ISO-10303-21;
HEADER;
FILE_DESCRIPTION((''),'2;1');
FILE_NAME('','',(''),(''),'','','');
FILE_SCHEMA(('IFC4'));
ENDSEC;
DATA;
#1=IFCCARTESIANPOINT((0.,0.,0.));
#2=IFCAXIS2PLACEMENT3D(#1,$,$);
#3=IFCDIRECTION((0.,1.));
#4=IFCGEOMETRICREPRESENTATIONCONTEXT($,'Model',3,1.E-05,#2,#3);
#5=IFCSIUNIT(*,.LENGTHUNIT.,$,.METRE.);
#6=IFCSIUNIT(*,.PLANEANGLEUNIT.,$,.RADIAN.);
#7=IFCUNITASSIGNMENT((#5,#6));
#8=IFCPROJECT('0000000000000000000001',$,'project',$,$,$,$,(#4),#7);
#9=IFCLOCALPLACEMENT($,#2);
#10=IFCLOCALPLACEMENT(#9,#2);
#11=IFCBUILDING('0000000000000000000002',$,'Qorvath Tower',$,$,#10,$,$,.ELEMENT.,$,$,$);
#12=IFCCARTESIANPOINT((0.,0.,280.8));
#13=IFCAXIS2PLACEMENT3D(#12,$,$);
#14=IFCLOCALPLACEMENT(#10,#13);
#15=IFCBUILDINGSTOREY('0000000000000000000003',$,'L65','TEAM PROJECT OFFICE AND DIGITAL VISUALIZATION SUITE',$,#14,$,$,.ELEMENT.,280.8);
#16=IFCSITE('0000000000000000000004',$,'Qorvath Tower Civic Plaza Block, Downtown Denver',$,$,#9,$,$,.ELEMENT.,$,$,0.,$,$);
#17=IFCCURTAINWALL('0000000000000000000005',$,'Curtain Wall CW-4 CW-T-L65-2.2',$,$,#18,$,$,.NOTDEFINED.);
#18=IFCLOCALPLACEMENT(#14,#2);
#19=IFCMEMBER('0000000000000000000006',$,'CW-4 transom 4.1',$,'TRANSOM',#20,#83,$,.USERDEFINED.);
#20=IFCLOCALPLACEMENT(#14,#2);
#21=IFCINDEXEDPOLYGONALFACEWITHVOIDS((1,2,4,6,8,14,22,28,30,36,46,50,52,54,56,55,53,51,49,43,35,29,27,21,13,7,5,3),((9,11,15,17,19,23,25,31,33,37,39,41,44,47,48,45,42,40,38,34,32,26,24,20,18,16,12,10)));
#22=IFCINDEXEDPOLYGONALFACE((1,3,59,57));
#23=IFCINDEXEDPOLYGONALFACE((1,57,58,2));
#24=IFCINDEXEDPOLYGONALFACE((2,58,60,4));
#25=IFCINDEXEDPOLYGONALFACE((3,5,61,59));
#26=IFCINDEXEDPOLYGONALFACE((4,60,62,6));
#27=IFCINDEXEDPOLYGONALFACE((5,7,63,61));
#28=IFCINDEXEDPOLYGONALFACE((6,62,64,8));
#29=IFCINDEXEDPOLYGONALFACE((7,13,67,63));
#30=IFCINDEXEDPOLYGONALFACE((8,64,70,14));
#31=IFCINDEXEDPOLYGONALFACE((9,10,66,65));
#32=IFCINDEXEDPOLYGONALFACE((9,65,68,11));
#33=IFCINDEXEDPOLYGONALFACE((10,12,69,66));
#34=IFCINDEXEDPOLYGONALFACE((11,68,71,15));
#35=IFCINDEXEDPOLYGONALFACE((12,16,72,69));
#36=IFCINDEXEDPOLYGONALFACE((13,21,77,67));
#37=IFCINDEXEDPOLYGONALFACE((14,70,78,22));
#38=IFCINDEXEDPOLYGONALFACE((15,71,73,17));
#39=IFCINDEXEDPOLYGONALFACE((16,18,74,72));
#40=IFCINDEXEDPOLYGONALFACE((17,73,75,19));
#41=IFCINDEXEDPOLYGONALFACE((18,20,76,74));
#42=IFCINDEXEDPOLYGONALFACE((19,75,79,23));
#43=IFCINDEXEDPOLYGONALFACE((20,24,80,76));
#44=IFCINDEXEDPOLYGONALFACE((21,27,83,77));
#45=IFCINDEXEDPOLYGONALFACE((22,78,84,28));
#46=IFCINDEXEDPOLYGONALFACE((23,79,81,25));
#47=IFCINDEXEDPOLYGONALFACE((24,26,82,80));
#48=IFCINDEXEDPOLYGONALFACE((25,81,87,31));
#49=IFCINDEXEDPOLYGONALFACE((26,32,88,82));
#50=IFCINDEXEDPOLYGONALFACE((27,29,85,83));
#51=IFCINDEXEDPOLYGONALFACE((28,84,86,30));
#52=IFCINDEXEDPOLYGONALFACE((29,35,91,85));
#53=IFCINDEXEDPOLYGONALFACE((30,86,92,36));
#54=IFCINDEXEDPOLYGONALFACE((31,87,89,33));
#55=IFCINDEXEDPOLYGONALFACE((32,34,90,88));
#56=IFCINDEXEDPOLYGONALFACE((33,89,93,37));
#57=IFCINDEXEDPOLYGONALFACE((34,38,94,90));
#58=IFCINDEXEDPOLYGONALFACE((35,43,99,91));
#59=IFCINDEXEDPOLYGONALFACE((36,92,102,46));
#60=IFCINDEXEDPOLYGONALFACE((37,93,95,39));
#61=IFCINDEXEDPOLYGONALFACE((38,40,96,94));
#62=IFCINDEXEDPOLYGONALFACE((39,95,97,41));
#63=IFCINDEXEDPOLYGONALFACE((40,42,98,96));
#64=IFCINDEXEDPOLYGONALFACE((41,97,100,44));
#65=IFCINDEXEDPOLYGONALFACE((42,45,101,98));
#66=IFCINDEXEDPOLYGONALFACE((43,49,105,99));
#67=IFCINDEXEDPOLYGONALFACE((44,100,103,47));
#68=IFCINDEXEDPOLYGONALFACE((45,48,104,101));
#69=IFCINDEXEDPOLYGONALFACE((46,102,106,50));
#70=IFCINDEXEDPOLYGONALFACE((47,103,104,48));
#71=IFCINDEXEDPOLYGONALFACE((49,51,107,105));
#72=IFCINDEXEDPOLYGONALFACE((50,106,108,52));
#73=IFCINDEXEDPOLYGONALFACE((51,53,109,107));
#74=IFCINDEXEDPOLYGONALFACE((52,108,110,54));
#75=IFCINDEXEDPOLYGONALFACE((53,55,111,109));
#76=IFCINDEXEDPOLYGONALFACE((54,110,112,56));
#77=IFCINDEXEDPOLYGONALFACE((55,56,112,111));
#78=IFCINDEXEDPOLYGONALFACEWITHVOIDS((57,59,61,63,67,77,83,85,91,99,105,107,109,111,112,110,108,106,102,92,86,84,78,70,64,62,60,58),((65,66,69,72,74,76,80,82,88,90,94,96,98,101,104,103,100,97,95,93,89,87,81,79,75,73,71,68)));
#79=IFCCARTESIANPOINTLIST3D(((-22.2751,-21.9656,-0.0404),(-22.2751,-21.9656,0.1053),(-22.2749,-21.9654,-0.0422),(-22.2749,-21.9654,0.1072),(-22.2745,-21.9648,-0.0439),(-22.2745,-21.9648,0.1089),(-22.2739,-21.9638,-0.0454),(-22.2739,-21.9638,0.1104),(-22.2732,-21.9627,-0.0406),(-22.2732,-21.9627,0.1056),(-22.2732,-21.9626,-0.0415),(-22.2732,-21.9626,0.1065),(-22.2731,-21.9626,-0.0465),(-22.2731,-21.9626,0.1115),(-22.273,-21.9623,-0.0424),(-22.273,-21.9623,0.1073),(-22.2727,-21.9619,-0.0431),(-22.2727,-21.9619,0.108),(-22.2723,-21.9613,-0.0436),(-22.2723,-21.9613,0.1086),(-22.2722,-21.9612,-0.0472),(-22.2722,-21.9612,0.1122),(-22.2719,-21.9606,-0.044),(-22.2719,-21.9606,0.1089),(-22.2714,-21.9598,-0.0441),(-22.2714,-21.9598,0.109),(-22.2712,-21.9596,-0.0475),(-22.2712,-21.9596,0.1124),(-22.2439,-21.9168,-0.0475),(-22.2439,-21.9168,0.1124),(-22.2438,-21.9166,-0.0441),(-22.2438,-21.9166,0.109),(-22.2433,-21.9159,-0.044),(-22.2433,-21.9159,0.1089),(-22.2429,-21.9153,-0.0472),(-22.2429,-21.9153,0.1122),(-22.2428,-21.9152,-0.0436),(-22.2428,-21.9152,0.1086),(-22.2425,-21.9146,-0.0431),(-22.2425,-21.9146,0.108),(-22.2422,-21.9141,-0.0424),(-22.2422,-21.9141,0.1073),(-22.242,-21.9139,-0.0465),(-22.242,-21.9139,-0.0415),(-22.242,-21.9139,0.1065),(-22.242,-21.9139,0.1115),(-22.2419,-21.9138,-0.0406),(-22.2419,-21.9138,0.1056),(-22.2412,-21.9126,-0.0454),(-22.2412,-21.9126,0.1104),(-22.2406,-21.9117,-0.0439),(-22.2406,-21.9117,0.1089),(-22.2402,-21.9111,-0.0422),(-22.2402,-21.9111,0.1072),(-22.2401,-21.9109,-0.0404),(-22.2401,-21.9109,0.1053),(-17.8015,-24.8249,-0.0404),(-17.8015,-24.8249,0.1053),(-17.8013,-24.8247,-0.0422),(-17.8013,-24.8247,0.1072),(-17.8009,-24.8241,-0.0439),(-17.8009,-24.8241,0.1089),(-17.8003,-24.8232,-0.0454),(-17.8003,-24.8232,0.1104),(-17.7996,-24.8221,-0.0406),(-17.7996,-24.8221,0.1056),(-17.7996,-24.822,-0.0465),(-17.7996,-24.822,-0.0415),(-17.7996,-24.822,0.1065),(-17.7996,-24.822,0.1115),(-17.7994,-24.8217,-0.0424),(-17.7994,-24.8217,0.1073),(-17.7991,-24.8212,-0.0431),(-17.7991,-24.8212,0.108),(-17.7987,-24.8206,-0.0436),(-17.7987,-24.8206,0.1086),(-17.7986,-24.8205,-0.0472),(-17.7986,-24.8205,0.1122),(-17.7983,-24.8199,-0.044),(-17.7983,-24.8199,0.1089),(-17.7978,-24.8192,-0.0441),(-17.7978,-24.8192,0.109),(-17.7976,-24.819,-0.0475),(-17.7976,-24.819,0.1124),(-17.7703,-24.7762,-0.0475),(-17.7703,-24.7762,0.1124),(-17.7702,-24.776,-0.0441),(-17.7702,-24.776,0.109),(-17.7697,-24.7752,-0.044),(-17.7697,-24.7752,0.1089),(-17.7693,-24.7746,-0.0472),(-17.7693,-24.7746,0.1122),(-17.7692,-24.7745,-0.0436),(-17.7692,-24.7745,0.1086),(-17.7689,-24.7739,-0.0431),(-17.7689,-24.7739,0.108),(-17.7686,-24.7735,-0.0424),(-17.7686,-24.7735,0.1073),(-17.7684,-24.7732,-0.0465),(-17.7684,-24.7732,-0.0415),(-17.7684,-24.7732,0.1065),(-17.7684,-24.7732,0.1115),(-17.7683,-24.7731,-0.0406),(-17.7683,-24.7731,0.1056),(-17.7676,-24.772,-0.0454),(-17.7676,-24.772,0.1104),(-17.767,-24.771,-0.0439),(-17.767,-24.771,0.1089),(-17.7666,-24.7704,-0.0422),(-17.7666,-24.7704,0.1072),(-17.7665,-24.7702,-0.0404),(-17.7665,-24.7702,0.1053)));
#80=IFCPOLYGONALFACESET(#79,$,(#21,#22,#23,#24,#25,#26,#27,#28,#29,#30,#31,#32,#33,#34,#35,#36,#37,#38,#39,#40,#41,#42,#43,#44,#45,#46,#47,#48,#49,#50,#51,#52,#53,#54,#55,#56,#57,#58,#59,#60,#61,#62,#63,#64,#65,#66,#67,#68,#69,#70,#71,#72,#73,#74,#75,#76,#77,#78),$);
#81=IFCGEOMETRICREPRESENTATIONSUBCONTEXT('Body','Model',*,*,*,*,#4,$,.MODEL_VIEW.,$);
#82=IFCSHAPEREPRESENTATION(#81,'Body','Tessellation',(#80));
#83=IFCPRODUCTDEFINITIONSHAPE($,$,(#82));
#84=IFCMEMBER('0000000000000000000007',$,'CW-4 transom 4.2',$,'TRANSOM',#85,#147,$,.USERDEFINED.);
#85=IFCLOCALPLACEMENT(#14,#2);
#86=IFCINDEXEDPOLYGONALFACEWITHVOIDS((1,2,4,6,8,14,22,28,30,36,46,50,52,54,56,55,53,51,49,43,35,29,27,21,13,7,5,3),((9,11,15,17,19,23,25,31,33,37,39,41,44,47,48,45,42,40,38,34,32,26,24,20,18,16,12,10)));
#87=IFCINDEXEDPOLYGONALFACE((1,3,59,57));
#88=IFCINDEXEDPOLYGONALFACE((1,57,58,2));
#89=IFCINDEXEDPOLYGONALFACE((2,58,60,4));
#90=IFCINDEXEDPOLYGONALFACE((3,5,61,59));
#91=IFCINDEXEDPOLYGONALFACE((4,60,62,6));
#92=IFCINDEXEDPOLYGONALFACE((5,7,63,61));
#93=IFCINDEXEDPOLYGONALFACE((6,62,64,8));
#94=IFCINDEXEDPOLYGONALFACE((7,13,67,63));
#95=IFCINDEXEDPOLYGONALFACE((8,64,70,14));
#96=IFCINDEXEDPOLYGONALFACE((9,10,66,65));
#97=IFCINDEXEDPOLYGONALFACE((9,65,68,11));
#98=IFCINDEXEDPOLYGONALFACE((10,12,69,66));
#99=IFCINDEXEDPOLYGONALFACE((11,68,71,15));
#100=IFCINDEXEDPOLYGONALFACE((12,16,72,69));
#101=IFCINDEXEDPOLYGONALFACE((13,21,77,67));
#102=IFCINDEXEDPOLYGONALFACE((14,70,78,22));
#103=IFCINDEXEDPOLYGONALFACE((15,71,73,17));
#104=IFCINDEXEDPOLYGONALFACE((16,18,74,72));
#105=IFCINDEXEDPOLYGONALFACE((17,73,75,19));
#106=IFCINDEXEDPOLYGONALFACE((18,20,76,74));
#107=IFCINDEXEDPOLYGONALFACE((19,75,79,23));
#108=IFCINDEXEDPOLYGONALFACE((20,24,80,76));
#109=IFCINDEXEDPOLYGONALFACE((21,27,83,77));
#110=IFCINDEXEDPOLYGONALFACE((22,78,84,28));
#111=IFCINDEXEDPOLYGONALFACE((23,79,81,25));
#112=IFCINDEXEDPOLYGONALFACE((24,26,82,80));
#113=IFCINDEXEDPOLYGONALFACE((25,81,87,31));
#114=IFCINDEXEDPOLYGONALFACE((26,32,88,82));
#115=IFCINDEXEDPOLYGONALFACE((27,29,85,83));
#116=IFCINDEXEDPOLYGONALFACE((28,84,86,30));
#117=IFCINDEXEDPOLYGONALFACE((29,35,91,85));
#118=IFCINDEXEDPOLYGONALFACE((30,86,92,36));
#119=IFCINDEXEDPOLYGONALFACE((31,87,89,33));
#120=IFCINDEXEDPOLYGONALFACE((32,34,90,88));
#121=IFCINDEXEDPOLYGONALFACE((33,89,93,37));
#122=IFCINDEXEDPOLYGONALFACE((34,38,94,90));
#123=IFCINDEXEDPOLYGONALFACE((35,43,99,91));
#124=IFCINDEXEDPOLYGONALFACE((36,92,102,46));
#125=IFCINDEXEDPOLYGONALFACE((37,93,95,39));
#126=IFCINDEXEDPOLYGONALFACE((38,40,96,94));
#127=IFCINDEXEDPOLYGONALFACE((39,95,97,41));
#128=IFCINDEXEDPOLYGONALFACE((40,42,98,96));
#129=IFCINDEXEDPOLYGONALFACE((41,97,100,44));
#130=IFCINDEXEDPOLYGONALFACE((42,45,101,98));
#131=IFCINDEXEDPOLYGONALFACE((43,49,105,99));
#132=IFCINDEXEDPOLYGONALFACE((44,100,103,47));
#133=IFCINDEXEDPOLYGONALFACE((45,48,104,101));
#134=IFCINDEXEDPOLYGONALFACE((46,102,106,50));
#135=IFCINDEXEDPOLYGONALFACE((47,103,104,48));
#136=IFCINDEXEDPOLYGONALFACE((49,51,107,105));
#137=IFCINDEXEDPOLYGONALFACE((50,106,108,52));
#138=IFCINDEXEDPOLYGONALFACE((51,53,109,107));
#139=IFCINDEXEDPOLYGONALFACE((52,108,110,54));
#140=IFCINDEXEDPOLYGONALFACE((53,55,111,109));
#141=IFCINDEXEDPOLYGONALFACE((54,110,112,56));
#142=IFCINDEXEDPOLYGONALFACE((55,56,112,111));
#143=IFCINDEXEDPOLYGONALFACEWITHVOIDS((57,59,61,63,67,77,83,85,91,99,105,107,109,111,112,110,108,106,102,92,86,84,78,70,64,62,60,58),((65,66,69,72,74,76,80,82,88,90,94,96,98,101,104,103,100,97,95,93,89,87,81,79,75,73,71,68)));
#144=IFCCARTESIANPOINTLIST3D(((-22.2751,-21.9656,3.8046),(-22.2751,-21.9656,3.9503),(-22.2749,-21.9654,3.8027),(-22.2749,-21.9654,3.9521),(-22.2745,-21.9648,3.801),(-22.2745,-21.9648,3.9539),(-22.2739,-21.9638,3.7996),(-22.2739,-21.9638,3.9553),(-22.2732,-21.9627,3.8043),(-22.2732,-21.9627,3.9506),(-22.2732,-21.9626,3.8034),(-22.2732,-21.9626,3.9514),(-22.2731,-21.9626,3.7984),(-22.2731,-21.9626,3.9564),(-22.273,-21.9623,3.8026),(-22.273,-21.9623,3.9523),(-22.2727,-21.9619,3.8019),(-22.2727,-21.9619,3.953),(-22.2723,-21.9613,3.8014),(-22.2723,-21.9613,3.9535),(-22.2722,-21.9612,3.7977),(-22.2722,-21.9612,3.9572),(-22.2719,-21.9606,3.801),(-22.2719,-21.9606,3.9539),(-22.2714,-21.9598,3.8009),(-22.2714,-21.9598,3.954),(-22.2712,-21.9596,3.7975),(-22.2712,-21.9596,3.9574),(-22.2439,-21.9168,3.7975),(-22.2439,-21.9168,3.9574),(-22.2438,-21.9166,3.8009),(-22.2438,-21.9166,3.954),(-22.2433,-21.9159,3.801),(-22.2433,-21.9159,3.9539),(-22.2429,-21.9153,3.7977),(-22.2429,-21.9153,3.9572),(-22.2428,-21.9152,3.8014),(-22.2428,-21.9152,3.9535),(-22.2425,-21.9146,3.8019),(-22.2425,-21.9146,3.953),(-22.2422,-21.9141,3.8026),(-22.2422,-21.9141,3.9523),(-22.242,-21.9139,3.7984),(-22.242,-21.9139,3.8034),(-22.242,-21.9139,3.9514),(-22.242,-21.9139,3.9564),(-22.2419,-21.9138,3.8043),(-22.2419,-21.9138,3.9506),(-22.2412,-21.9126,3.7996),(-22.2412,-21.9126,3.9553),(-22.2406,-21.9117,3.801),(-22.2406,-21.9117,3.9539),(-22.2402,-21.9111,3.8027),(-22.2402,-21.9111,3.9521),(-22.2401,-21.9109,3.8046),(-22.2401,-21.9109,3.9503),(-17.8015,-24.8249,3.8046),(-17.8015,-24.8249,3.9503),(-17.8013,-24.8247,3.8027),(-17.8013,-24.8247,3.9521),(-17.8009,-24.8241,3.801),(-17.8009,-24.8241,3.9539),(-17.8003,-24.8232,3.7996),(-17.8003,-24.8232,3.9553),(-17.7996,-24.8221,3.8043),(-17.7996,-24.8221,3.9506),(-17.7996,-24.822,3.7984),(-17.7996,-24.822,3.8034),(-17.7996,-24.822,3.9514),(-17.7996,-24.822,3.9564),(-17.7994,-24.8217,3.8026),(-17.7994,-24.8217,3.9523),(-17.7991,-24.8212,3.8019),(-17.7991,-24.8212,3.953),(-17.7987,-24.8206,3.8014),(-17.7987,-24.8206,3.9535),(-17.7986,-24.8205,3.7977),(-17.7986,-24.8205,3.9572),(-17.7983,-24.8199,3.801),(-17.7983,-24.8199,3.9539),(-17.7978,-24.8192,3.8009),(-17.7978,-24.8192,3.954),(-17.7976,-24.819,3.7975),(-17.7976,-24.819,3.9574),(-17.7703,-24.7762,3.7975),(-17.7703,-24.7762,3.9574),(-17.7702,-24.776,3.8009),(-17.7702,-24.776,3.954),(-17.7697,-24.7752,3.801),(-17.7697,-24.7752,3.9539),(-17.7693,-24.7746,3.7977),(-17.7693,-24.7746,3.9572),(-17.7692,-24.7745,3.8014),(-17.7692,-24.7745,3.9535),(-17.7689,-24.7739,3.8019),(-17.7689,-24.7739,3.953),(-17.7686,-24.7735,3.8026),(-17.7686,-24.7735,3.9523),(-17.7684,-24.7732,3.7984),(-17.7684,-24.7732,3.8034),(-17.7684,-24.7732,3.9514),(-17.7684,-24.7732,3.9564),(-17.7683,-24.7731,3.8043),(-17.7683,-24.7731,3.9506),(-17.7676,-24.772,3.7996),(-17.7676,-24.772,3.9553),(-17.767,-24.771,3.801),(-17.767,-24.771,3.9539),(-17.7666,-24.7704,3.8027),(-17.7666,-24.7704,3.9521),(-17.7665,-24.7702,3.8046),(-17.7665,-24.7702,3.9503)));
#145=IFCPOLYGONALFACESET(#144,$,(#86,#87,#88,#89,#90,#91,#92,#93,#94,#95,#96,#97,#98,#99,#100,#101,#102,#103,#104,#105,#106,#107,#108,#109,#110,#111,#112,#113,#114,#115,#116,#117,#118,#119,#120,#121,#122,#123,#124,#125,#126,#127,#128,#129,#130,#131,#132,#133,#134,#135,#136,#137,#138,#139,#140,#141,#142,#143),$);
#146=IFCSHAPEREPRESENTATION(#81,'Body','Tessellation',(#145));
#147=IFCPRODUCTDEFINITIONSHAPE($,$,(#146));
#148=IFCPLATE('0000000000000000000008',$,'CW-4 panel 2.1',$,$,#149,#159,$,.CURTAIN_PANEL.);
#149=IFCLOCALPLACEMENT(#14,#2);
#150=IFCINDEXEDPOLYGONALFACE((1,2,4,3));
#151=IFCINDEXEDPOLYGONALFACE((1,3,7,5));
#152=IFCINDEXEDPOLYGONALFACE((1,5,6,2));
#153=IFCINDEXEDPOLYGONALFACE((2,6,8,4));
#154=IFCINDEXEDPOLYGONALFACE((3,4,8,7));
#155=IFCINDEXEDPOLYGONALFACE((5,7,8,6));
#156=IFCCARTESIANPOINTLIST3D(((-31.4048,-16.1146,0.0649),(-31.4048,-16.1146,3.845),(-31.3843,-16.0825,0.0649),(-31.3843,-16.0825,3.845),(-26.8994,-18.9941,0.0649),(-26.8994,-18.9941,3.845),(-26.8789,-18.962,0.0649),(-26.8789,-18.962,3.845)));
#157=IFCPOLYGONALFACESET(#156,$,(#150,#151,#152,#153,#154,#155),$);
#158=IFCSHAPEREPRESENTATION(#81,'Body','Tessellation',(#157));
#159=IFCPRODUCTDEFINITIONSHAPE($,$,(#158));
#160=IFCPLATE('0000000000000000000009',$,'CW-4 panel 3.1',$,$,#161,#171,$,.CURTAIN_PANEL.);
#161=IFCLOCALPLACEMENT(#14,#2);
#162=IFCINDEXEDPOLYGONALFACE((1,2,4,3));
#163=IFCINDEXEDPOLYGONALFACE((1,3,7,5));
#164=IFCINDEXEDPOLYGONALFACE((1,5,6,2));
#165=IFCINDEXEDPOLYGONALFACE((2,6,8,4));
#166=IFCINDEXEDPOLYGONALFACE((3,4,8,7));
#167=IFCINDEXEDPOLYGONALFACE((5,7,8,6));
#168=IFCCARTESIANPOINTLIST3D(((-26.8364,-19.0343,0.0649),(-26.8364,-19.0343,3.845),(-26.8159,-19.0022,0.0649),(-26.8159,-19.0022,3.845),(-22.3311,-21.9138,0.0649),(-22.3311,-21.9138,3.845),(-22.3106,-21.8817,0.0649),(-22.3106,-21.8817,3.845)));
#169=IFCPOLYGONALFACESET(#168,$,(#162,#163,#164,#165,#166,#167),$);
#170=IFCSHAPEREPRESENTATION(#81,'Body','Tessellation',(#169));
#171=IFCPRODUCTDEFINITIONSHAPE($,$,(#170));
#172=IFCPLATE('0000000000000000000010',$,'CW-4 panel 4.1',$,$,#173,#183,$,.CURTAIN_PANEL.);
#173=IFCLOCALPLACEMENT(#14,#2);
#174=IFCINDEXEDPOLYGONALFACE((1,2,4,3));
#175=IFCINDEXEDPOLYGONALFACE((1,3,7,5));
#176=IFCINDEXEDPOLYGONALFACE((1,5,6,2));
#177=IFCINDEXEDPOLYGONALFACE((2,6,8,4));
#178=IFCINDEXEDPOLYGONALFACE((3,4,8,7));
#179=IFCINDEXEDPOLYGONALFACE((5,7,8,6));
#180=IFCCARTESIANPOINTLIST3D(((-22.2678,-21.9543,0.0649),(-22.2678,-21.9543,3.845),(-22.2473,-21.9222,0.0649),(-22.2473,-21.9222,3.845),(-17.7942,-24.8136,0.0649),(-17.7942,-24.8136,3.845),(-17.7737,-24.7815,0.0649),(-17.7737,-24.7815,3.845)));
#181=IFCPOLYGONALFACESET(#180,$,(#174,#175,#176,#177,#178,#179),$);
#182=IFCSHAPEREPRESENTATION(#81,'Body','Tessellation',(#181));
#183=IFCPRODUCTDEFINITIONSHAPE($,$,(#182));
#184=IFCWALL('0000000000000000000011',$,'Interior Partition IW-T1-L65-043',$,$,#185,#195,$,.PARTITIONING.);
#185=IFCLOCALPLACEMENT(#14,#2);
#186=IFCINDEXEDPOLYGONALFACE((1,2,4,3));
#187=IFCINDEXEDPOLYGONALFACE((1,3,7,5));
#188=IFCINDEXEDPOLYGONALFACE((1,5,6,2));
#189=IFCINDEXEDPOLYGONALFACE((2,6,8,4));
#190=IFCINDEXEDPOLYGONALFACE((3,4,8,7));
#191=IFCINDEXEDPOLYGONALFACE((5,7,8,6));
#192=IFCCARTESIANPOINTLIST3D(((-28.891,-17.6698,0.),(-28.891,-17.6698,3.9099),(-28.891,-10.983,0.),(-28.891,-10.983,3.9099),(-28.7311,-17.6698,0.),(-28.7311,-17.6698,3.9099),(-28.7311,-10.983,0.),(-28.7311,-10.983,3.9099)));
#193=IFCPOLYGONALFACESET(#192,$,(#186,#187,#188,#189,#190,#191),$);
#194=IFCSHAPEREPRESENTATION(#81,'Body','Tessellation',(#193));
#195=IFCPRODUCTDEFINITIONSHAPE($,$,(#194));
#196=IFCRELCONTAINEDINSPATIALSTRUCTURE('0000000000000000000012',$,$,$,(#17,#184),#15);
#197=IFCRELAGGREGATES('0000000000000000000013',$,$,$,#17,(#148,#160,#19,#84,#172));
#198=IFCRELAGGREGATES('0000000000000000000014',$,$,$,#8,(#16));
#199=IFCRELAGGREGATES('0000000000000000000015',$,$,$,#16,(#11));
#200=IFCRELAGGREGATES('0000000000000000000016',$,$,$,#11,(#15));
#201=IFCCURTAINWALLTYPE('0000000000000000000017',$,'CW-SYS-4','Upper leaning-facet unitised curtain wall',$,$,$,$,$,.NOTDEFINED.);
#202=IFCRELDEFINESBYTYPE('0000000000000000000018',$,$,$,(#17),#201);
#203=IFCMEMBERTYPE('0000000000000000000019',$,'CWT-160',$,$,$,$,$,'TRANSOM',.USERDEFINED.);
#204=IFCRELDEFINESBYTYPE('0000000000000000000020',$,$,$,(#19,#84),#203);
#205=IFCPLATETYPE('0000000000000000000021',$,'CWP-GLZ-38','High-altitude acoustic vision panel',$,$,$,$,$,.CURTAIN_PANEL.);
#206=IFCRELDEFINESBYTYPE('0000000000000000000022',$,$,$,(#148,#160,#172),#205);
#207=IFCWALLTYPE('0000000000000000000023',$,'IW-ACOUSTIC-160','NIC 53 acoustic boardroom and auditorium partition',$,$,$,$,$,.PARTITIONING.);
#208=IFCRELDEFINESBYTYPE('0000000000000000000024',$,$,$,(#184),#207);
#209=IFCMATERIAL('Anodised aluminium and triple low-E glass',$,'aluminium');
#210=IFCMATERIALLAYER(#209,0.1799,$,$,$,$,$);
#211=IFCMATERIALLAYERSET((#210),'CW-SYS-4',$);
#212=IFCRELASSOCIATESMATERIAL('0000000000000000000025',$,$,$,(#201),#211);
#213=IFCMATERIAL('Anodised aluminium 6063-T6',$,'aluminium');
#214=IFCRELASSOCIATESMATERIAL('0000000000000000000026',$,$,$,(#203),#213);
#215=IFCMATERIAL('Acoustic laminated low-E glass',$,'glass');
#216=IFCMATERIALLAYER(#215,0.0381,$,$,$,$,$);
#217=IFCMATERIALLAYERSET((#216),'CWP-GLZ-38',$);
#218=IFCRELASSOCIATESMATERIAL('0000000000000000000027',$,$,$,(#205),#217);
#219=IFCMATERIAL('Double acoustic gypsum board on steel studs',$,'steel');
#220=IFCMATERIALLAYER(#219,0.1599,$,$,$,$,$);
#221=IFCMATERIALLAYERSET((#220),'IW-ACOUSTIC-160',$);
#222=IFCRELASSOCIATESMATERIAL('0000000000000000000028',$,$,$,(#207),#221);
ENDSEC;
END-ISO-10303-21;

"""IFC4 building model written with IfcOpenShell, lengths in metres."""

from ifc_helpers import new_model, si_unit, direction, frame, frame_2d, origin, origin_2d, place, context, subcontext, project, spatial, rectangle, hollow_rectangle, extrude, material, layer, layer_set, material_profile, profile_set, type_object, element, aggregate, save


model = new_model("IFC4")

# Units and contexts
model_context = context("Model", 3, precision=1e-05, world=origin(), true_north=direction((0.0, 1.0)))
body_context = subcontext(model_context, "Body", "Model", "MODEL_VIEW")
ifc_project = project(units=[si_unit("LENGTHUNIT", "METRE"), si_unit("PLANEANGLEUNIT", "RADIAN")], contexts=[model_context])

# Site, building, storey
site_placement = place(None, origin())
site = spatial("IfcSite", under=ifc_project, at=site_placement, Name="Qorvath Tower Civic Plaza Block, Downtown Denver", CompositionType="ELEMENT", RefElevation=0.0)
building_placement = place(site_placement, origin())
building = spatial("IfcBuilding", under=site, at=building_placement, Name="Qorvath Tower", CompositionType="ELEMENT")
storey_placement = place(building_placement, frame((0.0, 0.0, 280.8)))
storey = spatial("IfcBuildingStorey", under=building, at=storey_placement, Name="L65", Description="TEAM PROJECT OFFICE AND DIGITAL VISUALIZATION SUITE", CompositionType="ELEMENT", Elevation=280.8)

# Curtain wall, members, plates
ifc_material_1 = material(Name="Anodised aluminium and triple low-E glass", Category="aluminium")
ifc_layer_1 = layer(ifc_material_1, 0.1799)
ifc_layer_set_1 = layer_set([ifc_layer_1], Name="CW-SYS-4")
curtain_wall_type = type_object("IfcCurtainWallType", Name="CW-SYS-4", Description="Upper leaning-facet unitised curtain wall", PredefinedType="NOTDEFINED", material=ifc_layer_set_1)
curtain_wall_placement = place(storey_placement, origin())
curtain_wall = element("IfcCurtainWall", 1, at=curtain_wall_placement, inside=storey, type_object=curtain_wall_type, Name="Curtain Wall CW-4 CW-T-L65-2.2", PredefinedType="NOTDEFINED")
ifc_material_2 = material(Name="Anodised aluminium 6063-T6", Category="aluminium")
ifc_material_profile_1 = material_profile(ifc_material_2, hollow_rectangle(XDim=0.0649, YDim=0.1599, WallThickness=0.0034, InnerFilletRadius=0.0034, OuterFilletRadius=0.0071, at=origin_2d()), Name="CWT 160x65")
ifc_profile_set_1 = profile_set([ifc_material_profile_1], Name="Anodised aluminium 6063-T6")
member_type_1 = type_object("IfcMemberType", Name="CWT-160", ElementType="TRANSOM", PredefinedType="USERDEFINED", material=ifc_profile_set_1)
member_1_placement = place(storey_placement, frame((-22.2576, -21.9382, 0.0325), z_axis=(0.842592, -0.538553, 0.0), x_axis=(0.538553, 0.842592, 0.0)))
member_1 = element("IfcMember", 2, at=member_1_placement, type_object=member_type_1, Name="CW-4 transom 4.1", ObjectType="TRANSOM", PredefinedType="USERDEFINED", context=body_context, shape_type="SweptSolid", body=[
    extrude(hollow_rectangle(XDim=0.0649, YDim=0.1599, WallThickness=0.0034, InnerFilletRadius=0.0034, OuterFilletRadius=0.0071, at=origin_2d()), origin(), (0.0, 0.0, 1.0), 5.3093),
])
member_2_placement = place(storey_placement, frame((-22.2576, -21.9382, 3.8774), z_axis=(0.842592, -0.538553, 0.0), x_axis=(0.538553, 0.842592, 0.0)))
member_2 = element("IfcMember", 3, at=member_2_placement, type_object=member_type_1, Name="CW-4 transom 4.2", ObjectType="TRANSOM", PredefinedType="USERDEFINED", context=body_context, shape_type="SweptSolid", body=[
    extrude(hollow_rectangle(XDim=0.0649, YDim=0.1599, WallThickness=0.0034, InnerFilletRadius=0.0034, OuterFilletRadius=0.0071, at=origin_2d()), origin(), (0.0, 0.0, 1.0), 5.3093),
])
ifc_material_3 = material(Name="Acoustic laminated low-E glass", Category="glass")
ifc_layer_2 = layer(ifc_material_3, 0.0381)
ifc_layer_set_2 = layer_set([ifc_layer_2], Name="CWP-GLZ-38")
plate_type = type_object("IfcPlateType", Name="CWP-GLZ-38", Description="High-altitude acoustic vision panel", PredefinedType="CURTAIN_PANEL", material=ifc_layer_set_2)
plate_1_placement = place(storey_placement, frame((-29.1418, -17.5383, 0.0649), z_axis=(0.0, 0.0, 1.0), x_axis=(0.842602, -0.538537, 0.0)))
plate_1 = element("IfcPlate", 4, at=plate_1_placement, type_object=plate_type, Name="CW-4 panel 2.1", PredefinedType="CURTAIN_PANEL", context=body_context, shape_type="SweptSolid", body=[
    extrude(rectangle(XDim=5.3469, YDim=0.0381, at=origin_2d()), origin(), (0.0, 0.0, 1.0), 3.78),
])
plate_2_placement = place(storey_placement, frame((-24.5735, -20.458, 0.0649), z_axis=(0.0, 0.0, 1.0), x_axis=(0.842602, -0.538537, 0.0)))
plate_2 = element("IfcPlate", 5, at=plate_2_placement, type_object=plate_type, Name="CW-4 panel 3.1", PredefinedType="CURTAIN_PANEL", context=body_context, shape_type="SweptSolid", body=[
    extrude(rectangle(XDim=5.3469, YDim=0.0381, at=origin_2d()), origin(), (0.0, 0.0, 1.0), 3.78),
])
plate_3_placement = place(storey_placement, frame((-20.0208, -23.3679, 0.0649), z_axis=(0.0, 0.0, 1.0), x_axis=(0.842602, -0.538537, 0.0)))
plate_3 = element("IfcPlate", 6, at=plate_3_placement, type_object=plate_type, Name="CW-4 panel 4.1", PredefinedType="CURTAIN_PANEL", context=body_context, shape_type="SweptSolid", body=[
    extrude(rectangle(XDim=5.3093, YDim=0.0381, at=origin_2d()), origin(), (0.0, 0.0, 1.0), 3.78),
])
aggregate(curtain_wall, [plate_1, plate_2, member_1, member_2, plate_3])

# Shared definitions
ifc_material_4 = material(Name="Double acoustic gypsum board on steel studs", Category="steel")
ifc_layer_3 = layer(ifc_material_4, 0.1599)
ifc_layer_set_3 = layer_set([ifc_layer_3], Name="IW-ACOUSTIC-160")
wall_type_1 = type_object("IfcWallType", Name="IW-ACOUSTIC-160", Description="NIC 53 acoustic boardroom and auditorium partition", PredefinedType="PARTITIONING", material=ifc_layer_set_3)

# Wall
wall_1_placement = place(storey_placement, frame((-28.811, -17.6697, 0.0), z_axis=(0.0, 0.0, 1.0), x_axis=(0.0, 1.0, 0.0)))
element("IfcWall", 7, at=wall_1_placement, inside=storey, type_object=wall_type_1, Name="Interior Partition IW-T1-L65-043", PredefinedType="PARTITIONING", context=body_context, shape_type="SweptSolid", body=[
    extrude(rectangle(XDim=6.6868, YDim=0.1599, at=frame_2d((3.3433, 0.0))), origin(), (0.0, 0.0, 1.0), 3.9099),
])

save(model, "model.ifc")
